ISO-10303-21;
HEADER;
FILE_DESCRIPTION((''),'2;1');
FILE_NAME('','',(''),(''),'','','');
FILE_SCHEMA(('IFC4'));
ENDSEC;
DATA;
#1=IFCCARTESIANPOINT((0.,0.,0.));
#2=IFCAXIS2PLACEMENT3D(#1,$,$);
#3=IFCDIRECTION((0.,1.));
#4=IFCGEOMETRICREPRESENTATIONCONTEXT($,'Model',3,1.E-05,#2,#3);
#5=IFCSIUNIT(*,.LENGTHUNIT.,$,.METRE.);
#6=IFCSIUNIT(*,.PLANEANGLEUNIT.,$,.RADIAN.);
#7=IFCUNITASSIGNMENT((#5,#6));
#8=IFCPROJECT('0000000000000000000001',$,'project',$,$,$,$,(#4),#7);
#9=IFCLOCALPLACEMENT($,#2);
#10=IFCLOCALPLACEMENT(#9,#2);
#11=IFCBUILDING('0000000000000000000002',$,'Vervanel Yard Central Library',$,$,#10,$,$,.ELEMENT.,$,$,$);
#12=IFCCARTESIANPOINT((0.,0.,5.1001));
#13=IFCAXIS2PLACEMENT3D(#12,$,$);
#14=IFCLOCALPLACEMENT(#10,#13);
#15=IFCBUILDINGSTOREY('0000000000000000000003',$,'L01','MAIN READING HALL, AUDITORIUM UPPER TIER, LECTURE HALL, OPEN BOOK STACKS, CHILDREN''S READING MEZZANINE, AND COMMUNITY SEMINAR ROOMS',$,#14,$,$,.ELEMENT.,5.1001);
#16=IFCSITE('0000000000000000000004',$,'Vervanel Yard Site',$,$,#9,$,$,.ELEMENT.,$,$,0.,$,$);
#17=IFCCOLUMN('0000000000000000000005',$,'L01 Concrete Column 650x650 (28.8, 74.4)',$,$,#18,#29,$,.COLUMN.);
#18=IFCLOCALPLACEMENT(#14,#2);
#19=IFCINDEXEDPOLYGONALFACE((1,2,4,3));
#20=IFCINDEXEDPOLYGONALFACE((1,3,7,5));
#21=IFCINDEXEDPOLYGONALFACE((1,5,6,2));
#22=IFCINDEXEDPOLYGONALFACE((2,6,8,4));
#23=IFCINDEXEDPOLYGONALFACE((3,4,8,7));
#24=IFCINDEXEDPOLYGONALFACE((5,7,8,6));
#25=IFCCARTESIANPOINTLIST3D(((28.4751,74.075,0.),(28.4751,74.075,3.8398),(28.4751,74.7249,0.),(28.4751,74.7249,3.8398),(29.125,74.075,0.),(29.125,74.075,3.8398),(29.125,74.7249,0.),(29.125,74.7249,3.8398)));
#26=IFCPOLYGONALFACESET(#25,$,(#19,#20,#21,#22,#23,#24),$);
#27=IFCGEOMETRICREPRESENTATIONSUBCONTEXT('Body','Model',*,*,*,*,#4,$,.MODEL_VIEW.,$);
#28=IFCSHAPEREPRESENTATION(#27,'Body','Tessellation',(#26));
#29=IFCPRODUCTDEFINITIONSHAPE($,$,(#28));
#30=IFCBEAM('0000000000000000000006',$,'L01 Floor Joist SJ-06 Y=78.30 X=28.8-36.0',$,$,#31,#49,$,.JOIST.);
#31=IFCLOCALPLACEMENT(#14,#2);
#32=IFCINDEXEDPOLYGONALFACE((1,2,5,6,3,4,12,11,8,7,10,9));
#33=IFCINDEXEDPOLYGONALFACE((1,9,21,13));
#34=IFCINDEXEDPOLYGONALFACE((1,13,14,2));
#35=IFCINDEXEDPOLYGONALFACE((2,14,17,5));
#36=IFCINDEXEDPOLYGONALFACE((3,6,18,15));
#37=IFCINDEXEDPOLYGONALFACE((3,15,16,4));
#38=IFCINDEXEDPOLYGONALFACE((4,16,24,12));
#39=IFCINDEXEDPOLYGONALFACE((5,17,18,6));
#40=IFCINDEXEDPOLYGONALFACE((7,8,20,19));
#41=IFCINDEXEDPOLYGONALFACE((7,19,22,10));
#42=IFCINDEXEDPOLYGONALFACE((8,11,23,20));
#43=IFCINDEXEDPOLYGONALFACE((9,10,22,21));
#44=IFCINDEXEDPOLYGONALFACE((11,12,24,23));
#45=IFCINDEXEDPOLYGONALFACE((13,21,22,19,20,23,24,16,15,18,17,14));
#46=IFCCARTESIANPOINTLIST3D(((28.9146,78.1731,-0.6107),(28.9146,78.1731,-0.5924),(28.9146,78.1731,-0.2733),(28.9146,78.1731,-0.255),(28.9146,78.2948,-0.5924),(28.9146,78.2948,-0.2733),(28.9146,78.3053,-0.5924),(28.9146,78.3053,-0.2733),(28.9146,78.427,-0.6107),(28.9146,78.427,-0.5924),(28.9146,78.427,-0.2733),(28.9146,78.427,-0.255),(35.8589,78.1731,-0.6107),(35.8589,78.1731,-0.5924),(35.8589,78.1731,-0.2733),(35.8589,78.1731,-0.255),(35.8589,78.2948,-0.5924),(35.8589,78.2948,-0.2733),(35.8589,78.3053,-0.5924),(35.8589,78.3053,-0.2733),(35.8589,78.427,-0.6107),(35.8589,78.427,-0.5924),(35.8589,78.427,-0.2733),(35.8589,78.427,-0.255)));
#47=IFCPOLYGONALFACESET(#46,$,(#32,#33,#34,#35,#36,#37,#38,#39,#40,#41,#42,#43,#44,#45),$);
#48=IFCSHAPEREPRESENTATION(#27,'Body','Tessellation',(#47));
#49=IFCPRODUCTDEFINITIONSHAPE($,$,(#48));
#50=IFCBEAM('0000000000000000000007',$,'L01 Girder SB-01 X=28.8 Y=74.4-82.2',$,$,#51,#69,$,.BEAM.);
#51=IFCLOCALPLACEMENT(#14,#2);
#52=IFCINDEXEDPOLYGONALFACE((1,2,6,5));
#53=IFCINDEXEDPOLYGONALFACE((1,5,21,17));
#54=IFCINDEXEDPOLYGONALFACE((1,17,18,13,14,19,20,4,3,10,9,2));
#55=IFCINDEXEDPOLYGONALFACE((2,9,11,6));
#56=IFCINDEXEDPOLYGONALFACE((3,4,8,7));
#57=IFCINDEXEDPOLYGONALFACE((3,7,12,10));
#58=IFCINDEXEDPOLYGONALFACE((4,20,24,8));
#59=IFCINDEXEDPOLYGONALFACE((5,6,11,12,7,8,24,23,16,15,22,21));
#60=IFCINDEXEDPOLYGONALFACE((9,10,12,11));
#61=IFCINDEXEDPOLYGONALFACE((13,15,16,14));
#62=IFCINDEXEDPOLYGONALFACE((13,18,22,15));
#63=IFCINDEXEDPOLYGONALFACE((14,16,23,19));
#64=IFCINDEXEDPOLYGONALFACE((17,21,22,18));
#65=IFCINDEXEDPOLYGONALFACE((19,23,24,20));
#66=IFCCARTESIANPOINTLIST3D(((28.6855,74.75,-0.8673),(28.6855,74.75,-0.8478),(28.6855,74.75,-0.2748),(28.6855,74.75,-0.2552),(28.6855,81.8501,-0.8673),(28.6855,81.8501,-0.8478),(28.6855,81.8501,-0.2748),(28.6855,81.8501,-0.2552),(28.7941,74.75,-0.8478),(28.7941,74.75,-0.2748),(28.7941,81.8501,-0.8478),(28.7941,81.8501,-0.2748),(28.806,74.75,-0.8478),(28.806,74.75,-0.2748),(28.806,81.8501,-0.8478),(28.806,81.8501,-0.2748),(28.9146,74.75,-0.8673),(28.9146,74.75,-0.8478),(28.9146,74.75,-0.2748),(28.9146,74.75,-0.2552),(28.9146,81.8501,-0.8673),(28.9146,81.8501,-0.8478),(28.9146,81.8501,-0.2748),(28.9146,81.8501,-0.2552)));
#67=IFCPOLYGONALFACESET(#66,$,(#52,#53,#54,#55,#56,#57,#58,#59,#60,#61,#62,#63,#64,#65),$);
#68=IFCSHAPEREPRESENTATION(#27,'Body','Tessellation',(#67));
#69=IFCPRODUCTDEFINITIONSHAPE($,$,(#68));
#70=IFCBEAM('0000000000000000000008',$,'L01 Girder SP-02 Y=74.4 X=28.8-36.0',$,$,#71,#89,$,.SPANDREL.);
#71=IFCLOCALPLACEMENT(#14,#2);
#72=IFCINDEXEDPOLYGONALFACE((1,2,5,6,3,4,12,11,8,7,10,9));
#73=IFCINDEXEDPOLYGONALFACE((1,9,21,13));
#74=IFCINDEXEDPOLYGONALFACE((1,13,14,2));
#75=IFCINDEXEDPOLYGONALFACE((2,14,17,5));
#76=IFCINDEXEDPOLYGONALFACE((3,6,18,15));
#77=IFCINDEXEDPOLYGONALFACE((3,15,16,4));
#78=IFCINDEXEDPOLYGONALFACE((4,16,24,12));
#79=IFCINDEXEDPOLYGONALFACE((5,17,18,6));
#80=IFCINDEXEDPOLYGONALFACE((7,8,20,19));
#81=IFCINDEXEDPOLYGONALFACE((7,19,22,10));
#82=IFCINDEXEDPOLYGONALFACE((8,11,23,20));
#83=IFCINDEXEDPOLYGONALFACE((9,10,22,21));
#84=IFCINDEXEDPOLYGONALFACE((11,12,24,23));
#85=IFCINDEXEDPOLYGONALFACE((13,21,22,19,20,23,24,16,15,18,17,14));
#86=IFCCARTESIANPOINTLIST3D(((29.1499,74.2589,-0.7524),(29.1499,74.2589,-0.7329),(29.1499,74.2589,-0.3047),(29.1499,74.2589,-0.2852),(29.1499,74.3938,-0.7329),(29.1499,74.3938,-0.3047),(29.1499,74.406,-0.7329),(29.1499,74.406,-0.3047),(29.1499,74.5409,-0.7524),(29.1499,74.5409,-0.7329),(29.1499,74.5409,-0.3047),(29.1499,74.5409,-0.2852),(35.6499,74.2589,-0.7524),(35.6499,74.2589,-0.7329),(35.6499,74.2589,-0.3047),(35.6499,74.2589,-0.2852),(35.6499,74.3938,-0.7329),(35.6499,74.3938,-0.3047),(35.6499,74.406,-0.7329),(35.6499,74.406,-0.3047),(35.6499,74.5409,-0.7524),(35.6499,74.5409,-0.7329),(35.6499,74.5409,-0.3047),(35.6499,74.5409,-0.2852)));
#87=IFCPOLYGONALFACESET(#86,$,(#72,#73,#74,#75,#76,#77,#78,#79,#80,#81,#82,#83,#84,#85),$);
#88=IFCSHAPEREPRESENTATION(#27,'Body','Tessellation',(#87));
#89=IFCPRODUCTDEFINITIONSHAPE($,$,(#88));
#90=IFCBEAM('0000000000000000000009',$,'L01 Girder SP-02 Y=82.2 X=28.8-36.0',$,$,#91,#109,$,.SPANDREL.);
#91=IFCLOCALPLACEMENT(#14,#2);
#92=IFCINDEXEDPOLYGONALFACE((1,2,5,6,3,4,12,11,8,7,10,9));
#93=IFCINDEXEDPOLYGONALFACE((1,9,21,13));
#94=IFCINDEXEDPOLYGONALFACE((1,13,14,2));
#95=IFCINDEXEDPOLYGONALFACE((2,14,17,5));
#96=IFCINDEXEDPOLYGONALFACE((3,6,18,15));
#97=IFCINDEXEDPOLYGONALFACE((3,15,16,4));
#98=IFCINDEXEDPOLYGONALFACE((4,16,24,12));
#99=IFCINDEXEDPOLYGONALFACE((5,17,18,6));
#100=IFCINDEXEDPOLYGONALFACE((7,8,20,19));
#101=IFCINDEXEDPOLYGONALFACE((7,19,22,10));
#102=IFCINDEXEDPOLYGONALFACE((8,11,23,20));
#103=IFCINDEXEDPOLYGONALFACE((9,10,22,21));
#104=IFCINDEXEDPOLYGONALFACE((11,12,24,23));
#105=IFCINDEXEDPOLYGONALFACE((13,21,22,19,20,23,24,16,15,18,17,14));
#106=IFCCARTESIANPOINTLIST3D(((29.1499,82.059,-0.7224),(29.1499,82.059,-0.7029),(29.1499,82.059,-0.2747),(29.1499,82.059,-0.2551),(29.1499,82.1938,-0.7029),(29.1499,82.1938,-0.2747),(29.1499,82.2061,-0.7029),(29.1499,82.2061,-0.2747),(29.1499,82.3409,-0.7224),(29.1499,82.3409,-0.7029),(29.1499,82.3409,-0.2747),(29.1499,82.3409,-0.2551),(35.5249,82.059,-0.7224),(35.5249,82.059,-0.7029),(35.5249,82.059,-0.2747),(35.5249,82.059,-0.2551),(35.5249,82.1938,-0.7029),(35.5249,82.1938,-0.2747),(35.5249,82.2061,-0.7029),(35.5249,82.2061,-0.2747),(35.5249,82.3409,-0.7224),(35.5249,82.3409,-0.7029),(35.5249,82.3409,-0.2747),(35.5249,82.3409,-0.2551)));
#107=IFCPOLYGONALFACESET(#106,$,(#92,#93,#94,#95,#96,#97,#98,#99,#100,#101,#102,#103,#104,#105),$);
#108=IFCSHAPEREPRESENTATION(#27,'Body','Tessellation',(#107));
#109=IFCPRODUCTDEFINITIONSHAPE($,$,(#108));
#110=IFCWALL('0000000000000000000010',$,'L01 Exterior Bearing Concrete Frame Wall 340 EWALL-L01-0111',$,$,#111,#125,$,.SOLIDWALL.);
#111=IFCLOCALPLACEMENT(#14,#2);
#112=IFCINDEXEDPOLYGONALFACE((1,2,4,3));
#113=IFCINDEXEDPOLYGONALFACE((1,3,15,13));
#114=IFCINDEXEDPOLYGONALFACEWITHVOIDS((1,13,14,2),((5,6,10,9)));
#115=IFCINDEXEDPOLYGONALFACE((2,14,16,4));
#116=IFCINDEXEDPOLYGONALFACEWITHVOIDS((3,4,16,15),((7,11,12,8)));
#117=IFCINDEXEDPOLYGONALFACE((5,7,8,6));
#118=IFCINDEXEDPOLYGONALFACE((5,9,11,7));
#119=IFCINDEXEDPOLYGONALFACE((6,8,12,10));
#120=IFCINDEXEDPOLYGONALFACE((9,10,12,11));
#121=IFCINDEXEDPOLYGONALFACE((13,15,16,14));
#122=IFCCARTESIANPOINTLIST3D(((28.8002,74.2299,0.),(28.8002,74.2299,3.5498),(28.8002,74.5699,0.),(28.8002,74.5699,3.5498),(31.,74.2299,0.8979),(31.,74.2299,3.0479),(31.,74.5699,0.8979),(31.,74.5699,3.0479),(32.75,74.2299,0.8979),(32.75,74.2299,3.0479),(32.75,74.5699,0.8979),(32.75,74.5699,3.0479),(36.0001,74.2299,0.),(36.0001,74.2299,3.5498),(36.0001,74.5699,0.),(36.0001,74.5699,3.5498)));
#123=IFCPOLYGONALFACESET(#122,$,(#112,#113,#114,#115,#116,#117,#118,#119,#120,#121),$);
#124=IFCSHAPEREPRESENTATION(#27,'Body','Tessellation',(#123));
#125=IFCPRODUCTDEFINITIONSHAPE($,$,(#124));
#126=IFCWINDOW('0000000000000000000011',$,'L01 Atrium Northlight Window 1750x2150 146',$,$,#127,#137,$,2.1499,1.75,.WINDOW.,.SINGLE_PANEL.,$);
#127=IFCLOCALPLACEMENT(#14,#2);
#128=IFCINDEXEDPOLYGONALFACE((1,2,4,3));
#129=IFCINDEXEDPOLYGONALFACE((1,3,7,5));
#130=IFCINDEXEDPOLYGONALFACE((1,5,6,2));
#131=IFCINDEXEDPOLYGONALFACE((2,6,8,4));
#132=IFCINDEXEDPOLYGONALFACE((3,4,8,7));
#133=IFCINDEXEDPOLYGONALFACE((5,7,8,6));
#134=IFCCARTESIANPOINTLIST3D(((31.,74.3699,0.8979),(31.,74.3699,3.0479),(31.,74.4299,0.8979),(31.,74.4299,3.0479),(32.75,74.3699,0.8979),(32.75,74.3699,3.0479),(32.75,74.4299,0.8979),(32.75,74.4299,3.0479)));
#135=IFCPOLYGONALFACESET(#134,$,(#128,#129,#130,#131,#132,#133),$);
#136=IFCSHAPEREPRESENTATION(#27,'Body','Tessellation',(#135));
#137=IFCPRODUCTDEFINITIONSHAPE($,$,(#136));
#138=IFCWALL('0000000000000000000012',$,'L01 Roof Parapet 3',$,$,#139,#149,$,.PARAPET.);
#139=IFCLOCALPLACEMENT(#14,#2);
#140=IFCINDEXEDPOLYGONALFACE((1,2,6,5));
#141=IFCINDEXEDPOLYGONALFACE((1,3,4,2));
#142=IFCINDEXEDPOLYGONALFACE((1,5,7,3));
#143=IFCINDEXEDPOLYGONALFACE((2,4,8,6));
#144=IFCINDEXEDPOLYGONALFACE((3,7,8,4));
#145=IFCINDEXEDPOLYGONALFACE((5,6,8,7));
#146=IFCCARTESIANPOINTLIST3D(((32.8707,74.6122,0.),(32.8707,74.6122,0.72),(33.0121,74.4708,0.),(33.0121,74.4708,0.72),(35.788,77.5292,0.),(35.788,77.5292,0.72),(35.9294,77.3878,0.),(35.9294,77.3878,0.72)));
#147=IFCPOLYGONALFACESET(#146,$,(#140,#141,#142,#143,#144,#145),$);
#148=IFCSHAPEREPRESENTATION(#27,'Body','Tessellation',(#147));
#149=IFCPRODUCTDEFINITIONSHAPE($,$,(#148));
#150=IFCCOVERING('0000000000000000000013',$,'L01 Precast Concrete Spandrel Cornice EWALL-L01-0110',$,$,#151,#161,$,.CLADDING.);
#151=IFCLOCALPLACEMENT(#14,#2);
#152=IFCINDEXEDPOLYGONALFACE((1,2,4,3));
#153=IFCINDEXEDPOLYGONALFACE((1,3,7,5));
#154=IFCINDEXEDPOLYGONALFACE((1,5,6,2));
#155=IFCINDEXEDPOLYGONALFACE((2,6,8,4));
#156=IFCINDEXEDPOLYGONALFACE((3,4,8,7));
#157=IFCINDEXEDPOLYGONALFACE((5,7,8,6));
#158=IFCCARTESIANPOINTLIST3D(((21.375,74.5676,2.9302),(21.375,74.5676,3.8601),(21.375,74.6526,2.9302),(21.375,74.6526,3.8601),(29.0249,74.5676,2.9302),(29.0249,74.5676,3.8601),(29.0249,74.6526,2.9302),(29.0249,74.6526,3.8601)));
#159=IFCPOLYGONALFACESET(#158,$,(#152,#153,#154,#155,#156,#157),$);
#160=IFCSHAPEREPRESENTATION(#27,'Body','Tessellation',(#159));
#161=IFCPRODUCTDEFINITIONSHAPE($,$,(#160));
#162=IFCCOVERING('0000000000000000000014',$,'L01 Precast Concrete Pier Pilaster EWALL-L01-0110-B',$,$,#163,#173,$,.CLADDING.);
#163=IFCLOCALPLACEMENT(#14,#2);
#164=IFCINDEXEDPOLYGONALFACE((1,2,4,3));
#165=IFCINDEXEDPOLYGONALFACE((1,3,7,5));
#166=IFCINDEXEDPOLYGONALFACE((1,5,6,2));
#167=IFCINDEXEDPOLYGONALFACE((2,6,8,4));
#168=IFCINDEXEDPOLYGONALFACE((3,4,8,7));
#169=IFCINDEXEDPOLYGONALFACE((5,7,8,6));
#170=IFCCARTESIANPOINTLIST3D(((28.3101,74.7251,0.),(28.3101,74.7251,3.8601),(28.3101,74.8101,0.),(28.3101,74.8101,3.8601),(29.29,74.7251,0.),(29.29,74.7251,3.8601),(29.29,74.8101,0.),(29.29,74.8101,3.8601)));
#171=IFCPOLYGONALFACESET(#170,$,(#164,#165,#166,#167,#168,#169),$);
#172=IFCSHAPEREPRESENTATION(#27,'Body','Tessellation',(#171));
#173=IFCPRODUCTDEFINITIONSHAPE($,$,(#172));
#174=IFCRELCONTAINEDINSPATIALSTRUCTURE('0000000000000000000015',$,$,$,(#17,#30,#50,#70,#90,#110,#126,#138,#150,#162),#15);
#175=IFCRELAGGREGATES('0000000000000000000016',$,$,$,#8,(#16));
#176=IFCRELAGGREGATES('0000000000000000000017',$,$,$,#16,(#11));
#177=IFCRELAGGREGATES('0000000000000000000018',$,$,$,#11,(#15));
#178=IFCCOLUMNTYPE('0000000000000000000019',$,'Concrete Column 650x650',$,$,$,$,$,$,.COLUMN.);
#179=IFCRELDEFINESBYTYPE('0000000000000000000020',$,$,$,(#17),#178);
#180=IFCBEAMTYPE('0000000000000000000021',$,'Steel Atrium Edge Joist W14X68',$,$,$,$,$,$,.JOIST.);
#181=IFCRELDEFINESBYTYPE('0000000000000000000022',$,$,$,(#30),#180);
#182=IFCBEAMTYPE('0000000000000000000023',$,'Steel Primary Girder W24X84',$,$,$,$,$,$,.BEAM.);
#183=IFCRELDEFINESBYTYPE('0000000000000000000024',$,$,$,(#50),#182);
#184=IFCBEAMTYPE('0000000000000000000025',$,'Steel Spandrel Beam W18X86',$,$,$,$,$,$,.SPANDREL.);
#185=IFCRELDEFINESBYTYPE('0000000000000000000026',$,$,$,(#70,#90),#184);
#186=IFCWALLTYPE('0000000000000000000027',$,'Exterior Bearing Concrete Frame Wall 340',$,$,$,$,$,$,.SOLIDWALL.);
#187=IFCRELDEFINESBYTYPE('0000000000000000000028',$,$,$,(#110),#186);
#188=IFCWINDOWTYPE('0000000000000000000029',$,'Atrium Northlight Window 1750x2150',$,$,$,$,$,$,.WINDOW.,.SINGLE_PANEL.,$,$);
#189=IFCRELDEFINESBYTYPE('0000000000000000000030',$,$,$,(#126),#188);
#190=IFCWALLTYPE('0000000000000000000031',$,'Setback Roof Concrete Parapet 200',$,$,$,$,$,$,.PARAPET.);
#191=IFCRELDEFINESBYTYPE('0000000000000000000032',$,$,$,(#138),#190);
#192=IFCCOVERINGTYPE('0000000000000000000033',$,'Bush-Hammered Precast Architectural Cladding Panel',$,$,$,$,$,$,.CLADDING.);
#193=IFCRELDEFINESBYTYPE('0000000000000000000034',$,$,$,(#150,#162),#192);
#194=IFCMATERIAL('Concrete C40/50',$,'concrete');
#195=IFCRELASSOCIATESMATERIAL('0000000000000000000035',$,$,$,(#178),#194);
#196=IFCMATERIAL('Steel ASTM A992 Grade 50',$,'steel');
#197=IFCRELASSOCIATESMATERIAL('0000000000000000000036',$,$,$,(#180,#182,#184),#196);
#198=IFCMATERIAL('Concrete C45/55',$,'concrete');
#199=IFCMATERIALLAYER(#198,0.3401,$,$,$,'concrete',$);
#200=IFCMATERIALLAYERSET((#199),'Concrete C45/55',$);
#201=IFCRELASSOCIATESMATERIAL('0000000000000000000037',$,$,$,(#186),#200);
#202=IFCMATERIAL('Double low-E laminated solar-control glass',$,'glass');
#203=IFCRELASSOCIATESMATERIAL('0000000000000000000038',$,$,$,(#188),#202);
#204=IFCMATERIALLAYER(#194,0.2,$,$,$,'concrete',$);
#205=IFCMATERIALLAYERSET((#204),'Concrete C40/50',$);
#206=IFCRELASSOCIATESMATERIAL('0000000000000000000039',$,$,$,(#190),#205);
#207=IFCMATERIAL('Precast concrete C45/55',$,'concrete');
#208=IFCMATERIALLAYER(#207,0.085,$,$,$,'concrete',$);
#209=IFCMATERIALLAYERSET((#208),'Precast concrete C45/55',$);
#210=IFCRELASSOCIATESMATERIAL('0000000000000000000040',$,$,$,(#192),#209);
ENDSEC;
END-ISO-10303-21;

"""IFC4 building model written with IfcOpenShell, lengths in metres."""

from ifc_helpers import new_model, si_unit, direction, frame, frame_2d, origin, origin_2d, place, context, subcontext, project, spatial, rectangle, i_section, extrude, material, layer, layer_set, material_profile, profile_set, type_object, element, fill, save


model = new_model("IFC4")

# Units and contexts
model_context = context("Model", 3, precision=1e-05, world=origin(), true_north=direction((0.0, 1.0)))
body_context = subcontext(model_context, "Body", "Model", "MODEL_VIEW")
ifc_project = project(units=[si_unit("LENGTHUNIT", "METRE"), si_unit("PLANEANGLEUNIT", "RADIAN")], contexts=[model_context])

# Site, building, storey
site_placement = place(None, origin())
site = spatial("IfcSite", under=ifc_project, at=site_placement, Name="Vervanel Yard Site", CompositionType="ELEMENT", RefElevation=0.0)
building_placement = place(site_placement, origin())
building = spatial("IfcBuilding", under=site, at=building_placement, Name="Vervanel Yard Central Library", CompositionType="ELEMENT")
storey_placement = place(building_placement, frame((0.0, 0.0, 5.1001)))
storey = spatial("IfcBuildingStorey", under=building, at=storey_placement, Name="L01", Description="MAIN READING HALL, AUDITORIUM UPPER TIER, LECTURE HALL, OPEN BOOK STACKS, CHILDREN'S READING MEZZANINE, AND COMMUNITY SEMINAR ROOMS", CompositionType="ELEMENT", Elevation=5.1001)

# Column
ifc_material_1 = material(Name="Concrete C40/50", Category="concrete")
ifc_material_profile_1 = material_profile(ifc_material_1, rectangle(XDim=0.6499, YDim=0.6499, at=origin_2d()), Name="RC 650x650", Category="concrete")
ifc_profile_set_1 = profile_set([ifc_material_profile_1], Name="Concrete C40/50")
column_type = type_object("IfcColumnType", Name="Concrete Column 650x650", PredefinedType="COLUMN", material=ifc_profile_set_1)
column_placement = place(storey_placement, frame((28.8, 74.3999, 0.0), z_axis=(0.0, 0.0, 1.0), x_axis=(1.0, 0.0, 0.0)))
element("IfcColumn", 1, at=column_placement, inside=storey, type_object=column_type, Name="L01 Concrete Column 650x650 (28.8, 74.4)", PredefinedType="COLUMN", context=body_context, shape_type="SweptSolid", body=[
    extrude(rectangle(XDim=0.6499, YDim=0.6499, at=origin_2d()), origin(), (0.0, 0.0, 1.0), 3.8398),
])

# Beams
ifc_material_2 = material(Name="Steel ASTM A992 Grade 50", Category="steel")
ifc_material_profile_2 = material_profile(ifc_material_2, i_section(OverallWidth=0.2539, OverallDepth=0.3557, WebThickness=0.0105, FlangeThickness=0.0183, at=origin_2d()), Name="W14X68", Category="steel")
ifc_profile_set_2 = profile_set([ifc_material_profile_2], Name="Steel ASTM A992 Grade 50")
beam_type_1 = type_object("IfcBeamType", Name="Steel Atrium Edge Joist W14X68", PredefinedType="JOIST", material=ifc_profile_set_2)
beam_1_placement = place(storey_placement, frame((28.9146, 78.3, -0.4329), z_axis=(1.0, 0.0, 0.0), x_axis=(0.0, 1.0, 0.0)))
element("IfcBeam", 2, at=beam_1_placement, inside=storey, type_object=beam_type_1, Name="L01 Floor Joist SJ-06 Y=78.30 X=28.8-36.0", PredefinedType="JOIST", context=body_context, shape_type="SweptSolid", body=[
    extrude(i_section(OverallWidth=0.2539, OverallDepth=0.3557, WebThickness=0.0105, FlangeThickness=0.0183, at=origin_2d()), origin(), (0.0, 0.0, 1.0), 6.9443),
])
ifc_material_profile_3 = material_profile(ifc_material_2, i_section(OverallWidth=0.229, OverallDepth=0.6121, WebThickness=0.012, FlangeThickness=0.0195, at=origin_2d()), Name="W24X84", Category="steel")
ifc_profile_set_3 = profile_set([ifc_material_profile_3], Name="Steel ASTM A992 Grade 50")
beam_type_2 = type_object("IfcBeamType", Name="Steel Primary Girder W24X84", PredefinedType="BEAM", material=ifc_profile_set_3)
beam_2_placement = place(storey_placement, frame((28.8, 74.75, -0.5613), z_axis=(0.0, 1.0, 0.0), x_axis=(-1.0, 0.0, 0.0)))
element("IfcBeam", 3, at=beam_2_placement, inside=storey, type_object=beam_type_2, Name="L01 Girder SB-01 X=28.8 Y=74.4-82.2", PredefinedType="BEAM", context=body_context, shape_type="SweptSolid", body=[
    extrude(i_section(OverallWidth=0.229, OverallDepth=0.6121, WebThickness=0.012, FlangeThickness=0.0195, at=origin_2d()), origin(), (0.0, 0.0, 1.0), 7.1001),
])
ifc_material_profile_4 = material_profile(ifc_material_2, i_section(OverallWidth=0.282, OverallDepth=0.4673, WebThickness=0.0122, FlangeThickness=0.0195, at=origin_2d()), Name="W18X86", Category="steel")
ifc_profile_set_4 = profile_set([ifc_material_profile_4], Name="Steel ASTM A992 Grade 50")
beam_type_3 = type_object("IfcBeamType", Name="Steel Spandrel Beam W18X86", PredefinedType="SPANDREL", material=ifc_profile_set_4)
beam_3_placement = place(storey_placement, frame((29.1499, 74.3999, -0.5188), z_axis=(1.0, 0.0, 0.0), x_axis=(0.0, 1.0, 0.0)))
element("IfcBeam", 4, at=beam_3_placement, inside=storey, type_object=beam_type_3, Name="L01 Girder SP-02 Y=74.4 X=28.8-36.0", PredefinedType="SPANDREL", context=body_context, shape_type="SweptSolid", body=[
    extrude(i_section(OverallWidth=0.282, OverallDepth=0.4673, WebThickness=0.0122, FlangeThickness=0.0195, at=origin_2d()), origin(), (0.0, 0.0, 1.0), 6.5),
])
beam_4_placement = place(storey_placement, frame((29.1499, 82.2, -0.4888), z_axis=(1.0, 0.0, 0.0), x_axis=(0.0, 1.0, 0.0)))
element("IfcBeam", 5, at=beam_4_placement, inside=storey, type_object=beam_type_3, Name="L01 Girder SP-02 Y=82.2 X=28.8-36.0", PredefinedType="SPANDREL", context=body_context, shape_type="SweptSolid", body=[
    extrude(i_section(OverallWidth=0.282, OverallDepth=0.4673, WebThickness=0.0122, FlangeThickness=0.0195, at=origin_2d()), origin(), (0.0, 0.0, 1.0), 6.375),
])

# Wall, opening, window
ifc_material_3 = material(Name="Concrete C45/55", Category="concrete")
ifc_layer_1 = layer(ifc_material_3, 0.3401, Category="concrete")
ifc_layer_set_1 = layer_set([ifc_layer_1], Name="Concrete C45/55")
wall_type_1 = type_object("IfcWallType", Name="Exterior Bearing Concrete Frame Wall 340", PredefinedType="SOLIDWALL", material=ifc_layer_set_1)
wall_1_placement = place(storey_placement, frame((28.8, 74.3999, 0.0), z_axis=(0.0, 0.0, 1.0), x_axis=(1.0, 0.0, 0.0)))
wall_1 = element("IfcWall", 6, at=wall_1_placement, inside=storey, type_object=wall_type_1, Name="L01 Exterior Bearing Concrete Frame Wall 340 EWALL-L01-0111", PredefinedType="SOLIDWALL", context=body_context, shape_type="SweptSolid", body=[
    extrude(rectangle(XDim=7.2, YDim=0.3401, at=frame_2d((3.6001, 0.0))), origin(), (0.0, 0.0, 1.0), 3.5498),
])
opening_placement = place(wall_1_placement, frame((2.2, 0.0, 0.8979)))
opening = element("IfcOpeningElement", 7, at=opening_placement, cuts=wall_1, PredefinedType="OPENING", context=body_context, shape_type="SweptSolid", body=[
    extrude(rectangle(XDim=1.75, YDim=2.1499, at=frame_2d((0.875, 1.075))), frame((0.0, 0.1799, 0.0), z_axis=(0.0, -1.0, 0.0), x_axis=(1.0, 0.0, 0.0)), (0.0, 0.0, 1.0), 0.3601),
])
ifc_material_4 = material(Name="Double low-E laminated solar-control glass", Category="glass")
window_type = type_object("IfcWindowType", Name="Atrium Northlight Window 1750x2150", PartitioningType="SINGLE_PANEL", PredefinedType="WINDOW", material=ifc_material_4)
window_placement = place(opening_placement, origin())
window = element("IfcWindow", 8, at=window_placement, inside=storey, type_object=window_type, Name="L01 Atrium Northlight Window 1750x2150 146", OverallHeight=2.1499, OverallWidth=1.75, PartitioningType="SINGLE_PANEL", PredefinedType="WINDOW", context=body_context, shape_type="SweptSolid", body=[
    extrude(rectangle(XDim=1.75, YDim=2.1499, at=frame_2d((0.875, 1.075))), frame((0.0, 0.03, 0.0), z_axis=(0.0, -1.0, 0.0), x_axis=(1.0, 0.0, 0.0)), (0.0, 0.0, 1.0), 0.0601),
])
fill(opening, window)

# Wall
ifc_layer_2 = layer(ifc_material_1, 0.2, Category="concrete")
ifc_layer_set_2 = layer_set([ifc_layer_2], Name="Concrete C40/50")
wall_type_2 = type_object("IfcWallType", Name="Setback Roof Concrete Parapet 200", PredefinedType="PARAPET", material=ifc_layer_set_2)
wall_2_placement = place(storey_placement, frame((32.9414, 74.5415, 0.0), z_axis=(0.0, 0.0, 1.0), x_axis=(0.707136, 0.707077, 0.0)))
element("IfcWall", 9, at=wall_2_placement, inside=storey, type_object=wall_type_2, Name="L01 Roof Parapet 3", PredefinedType="PARAPET", context=body_context, shape_type="SweptSolid", body=[
    extrude(rectangle(XDim=4.1255, YDim=0.2, at=frame_2d((2.0627, 0.0))), origin(), (0.0, 0.0, 1.0), 0.72),
])

# Coverings
ifc_material_5 = material(Name="Precast concrete C45/55", Category="concrete")
ifc_layer_3 = layer(ifc_material_5, 0.085, Category="concrete")
ifc_layer_set_3 = layer_set([ifc_layer_3], Name="Precast concrete C45/55")
covering_type = type_object("IfcCoveringType", Name="Bush-Hammered Precast Architectural Cladding Panel", PredefinedType="CLADDING", material=ifc_layer_set_3)
covering_1_placement = place(storey_placement, frame((25.2, 74.6101, 2.9302), z_axis=(0.0, 0.0, 1.0), x_axis=(1.0, 0.0, 0.0)))
element("IfcCovering", 10, at=covering_1_placement, inside=storey, type_object=covering_type, Name="L01 Precast Concrete Spandrel Cornice EWALL-L01-0110", PredefinedType="CLADDING", context=body_context, shape_type="SweptSolid", body=[
    extrude(rectangle(XDim=7.6499, YDim=0.085, at=origin_2d()), origin(), (0.0, 0.0, 1.0), 0.9299),
])
covering_2_placement = place(storey_placement, frame((28.8, 74.7676, 0.0), z_axis=(0.0, 0.0, 1.0), x_axis=(1.0, 0.0, 0.0)))
element("IfcCovering", 11, at=covering_2_placement, inside=storey, type_object=covering_type, Name="L01 Precast Concrete Pier Pilaster EWALL-L01-0110-B", PredefinedType="CLADDING", context=body_context, shape_type="SweptSolid", body=[
    extrude(rectangle(XDim=0.98, YDim=0.085, at=origin_2d()), origin(), (0.0, 0.0, 1.0), 3.8601),
])

save(model, "model.ifc")
